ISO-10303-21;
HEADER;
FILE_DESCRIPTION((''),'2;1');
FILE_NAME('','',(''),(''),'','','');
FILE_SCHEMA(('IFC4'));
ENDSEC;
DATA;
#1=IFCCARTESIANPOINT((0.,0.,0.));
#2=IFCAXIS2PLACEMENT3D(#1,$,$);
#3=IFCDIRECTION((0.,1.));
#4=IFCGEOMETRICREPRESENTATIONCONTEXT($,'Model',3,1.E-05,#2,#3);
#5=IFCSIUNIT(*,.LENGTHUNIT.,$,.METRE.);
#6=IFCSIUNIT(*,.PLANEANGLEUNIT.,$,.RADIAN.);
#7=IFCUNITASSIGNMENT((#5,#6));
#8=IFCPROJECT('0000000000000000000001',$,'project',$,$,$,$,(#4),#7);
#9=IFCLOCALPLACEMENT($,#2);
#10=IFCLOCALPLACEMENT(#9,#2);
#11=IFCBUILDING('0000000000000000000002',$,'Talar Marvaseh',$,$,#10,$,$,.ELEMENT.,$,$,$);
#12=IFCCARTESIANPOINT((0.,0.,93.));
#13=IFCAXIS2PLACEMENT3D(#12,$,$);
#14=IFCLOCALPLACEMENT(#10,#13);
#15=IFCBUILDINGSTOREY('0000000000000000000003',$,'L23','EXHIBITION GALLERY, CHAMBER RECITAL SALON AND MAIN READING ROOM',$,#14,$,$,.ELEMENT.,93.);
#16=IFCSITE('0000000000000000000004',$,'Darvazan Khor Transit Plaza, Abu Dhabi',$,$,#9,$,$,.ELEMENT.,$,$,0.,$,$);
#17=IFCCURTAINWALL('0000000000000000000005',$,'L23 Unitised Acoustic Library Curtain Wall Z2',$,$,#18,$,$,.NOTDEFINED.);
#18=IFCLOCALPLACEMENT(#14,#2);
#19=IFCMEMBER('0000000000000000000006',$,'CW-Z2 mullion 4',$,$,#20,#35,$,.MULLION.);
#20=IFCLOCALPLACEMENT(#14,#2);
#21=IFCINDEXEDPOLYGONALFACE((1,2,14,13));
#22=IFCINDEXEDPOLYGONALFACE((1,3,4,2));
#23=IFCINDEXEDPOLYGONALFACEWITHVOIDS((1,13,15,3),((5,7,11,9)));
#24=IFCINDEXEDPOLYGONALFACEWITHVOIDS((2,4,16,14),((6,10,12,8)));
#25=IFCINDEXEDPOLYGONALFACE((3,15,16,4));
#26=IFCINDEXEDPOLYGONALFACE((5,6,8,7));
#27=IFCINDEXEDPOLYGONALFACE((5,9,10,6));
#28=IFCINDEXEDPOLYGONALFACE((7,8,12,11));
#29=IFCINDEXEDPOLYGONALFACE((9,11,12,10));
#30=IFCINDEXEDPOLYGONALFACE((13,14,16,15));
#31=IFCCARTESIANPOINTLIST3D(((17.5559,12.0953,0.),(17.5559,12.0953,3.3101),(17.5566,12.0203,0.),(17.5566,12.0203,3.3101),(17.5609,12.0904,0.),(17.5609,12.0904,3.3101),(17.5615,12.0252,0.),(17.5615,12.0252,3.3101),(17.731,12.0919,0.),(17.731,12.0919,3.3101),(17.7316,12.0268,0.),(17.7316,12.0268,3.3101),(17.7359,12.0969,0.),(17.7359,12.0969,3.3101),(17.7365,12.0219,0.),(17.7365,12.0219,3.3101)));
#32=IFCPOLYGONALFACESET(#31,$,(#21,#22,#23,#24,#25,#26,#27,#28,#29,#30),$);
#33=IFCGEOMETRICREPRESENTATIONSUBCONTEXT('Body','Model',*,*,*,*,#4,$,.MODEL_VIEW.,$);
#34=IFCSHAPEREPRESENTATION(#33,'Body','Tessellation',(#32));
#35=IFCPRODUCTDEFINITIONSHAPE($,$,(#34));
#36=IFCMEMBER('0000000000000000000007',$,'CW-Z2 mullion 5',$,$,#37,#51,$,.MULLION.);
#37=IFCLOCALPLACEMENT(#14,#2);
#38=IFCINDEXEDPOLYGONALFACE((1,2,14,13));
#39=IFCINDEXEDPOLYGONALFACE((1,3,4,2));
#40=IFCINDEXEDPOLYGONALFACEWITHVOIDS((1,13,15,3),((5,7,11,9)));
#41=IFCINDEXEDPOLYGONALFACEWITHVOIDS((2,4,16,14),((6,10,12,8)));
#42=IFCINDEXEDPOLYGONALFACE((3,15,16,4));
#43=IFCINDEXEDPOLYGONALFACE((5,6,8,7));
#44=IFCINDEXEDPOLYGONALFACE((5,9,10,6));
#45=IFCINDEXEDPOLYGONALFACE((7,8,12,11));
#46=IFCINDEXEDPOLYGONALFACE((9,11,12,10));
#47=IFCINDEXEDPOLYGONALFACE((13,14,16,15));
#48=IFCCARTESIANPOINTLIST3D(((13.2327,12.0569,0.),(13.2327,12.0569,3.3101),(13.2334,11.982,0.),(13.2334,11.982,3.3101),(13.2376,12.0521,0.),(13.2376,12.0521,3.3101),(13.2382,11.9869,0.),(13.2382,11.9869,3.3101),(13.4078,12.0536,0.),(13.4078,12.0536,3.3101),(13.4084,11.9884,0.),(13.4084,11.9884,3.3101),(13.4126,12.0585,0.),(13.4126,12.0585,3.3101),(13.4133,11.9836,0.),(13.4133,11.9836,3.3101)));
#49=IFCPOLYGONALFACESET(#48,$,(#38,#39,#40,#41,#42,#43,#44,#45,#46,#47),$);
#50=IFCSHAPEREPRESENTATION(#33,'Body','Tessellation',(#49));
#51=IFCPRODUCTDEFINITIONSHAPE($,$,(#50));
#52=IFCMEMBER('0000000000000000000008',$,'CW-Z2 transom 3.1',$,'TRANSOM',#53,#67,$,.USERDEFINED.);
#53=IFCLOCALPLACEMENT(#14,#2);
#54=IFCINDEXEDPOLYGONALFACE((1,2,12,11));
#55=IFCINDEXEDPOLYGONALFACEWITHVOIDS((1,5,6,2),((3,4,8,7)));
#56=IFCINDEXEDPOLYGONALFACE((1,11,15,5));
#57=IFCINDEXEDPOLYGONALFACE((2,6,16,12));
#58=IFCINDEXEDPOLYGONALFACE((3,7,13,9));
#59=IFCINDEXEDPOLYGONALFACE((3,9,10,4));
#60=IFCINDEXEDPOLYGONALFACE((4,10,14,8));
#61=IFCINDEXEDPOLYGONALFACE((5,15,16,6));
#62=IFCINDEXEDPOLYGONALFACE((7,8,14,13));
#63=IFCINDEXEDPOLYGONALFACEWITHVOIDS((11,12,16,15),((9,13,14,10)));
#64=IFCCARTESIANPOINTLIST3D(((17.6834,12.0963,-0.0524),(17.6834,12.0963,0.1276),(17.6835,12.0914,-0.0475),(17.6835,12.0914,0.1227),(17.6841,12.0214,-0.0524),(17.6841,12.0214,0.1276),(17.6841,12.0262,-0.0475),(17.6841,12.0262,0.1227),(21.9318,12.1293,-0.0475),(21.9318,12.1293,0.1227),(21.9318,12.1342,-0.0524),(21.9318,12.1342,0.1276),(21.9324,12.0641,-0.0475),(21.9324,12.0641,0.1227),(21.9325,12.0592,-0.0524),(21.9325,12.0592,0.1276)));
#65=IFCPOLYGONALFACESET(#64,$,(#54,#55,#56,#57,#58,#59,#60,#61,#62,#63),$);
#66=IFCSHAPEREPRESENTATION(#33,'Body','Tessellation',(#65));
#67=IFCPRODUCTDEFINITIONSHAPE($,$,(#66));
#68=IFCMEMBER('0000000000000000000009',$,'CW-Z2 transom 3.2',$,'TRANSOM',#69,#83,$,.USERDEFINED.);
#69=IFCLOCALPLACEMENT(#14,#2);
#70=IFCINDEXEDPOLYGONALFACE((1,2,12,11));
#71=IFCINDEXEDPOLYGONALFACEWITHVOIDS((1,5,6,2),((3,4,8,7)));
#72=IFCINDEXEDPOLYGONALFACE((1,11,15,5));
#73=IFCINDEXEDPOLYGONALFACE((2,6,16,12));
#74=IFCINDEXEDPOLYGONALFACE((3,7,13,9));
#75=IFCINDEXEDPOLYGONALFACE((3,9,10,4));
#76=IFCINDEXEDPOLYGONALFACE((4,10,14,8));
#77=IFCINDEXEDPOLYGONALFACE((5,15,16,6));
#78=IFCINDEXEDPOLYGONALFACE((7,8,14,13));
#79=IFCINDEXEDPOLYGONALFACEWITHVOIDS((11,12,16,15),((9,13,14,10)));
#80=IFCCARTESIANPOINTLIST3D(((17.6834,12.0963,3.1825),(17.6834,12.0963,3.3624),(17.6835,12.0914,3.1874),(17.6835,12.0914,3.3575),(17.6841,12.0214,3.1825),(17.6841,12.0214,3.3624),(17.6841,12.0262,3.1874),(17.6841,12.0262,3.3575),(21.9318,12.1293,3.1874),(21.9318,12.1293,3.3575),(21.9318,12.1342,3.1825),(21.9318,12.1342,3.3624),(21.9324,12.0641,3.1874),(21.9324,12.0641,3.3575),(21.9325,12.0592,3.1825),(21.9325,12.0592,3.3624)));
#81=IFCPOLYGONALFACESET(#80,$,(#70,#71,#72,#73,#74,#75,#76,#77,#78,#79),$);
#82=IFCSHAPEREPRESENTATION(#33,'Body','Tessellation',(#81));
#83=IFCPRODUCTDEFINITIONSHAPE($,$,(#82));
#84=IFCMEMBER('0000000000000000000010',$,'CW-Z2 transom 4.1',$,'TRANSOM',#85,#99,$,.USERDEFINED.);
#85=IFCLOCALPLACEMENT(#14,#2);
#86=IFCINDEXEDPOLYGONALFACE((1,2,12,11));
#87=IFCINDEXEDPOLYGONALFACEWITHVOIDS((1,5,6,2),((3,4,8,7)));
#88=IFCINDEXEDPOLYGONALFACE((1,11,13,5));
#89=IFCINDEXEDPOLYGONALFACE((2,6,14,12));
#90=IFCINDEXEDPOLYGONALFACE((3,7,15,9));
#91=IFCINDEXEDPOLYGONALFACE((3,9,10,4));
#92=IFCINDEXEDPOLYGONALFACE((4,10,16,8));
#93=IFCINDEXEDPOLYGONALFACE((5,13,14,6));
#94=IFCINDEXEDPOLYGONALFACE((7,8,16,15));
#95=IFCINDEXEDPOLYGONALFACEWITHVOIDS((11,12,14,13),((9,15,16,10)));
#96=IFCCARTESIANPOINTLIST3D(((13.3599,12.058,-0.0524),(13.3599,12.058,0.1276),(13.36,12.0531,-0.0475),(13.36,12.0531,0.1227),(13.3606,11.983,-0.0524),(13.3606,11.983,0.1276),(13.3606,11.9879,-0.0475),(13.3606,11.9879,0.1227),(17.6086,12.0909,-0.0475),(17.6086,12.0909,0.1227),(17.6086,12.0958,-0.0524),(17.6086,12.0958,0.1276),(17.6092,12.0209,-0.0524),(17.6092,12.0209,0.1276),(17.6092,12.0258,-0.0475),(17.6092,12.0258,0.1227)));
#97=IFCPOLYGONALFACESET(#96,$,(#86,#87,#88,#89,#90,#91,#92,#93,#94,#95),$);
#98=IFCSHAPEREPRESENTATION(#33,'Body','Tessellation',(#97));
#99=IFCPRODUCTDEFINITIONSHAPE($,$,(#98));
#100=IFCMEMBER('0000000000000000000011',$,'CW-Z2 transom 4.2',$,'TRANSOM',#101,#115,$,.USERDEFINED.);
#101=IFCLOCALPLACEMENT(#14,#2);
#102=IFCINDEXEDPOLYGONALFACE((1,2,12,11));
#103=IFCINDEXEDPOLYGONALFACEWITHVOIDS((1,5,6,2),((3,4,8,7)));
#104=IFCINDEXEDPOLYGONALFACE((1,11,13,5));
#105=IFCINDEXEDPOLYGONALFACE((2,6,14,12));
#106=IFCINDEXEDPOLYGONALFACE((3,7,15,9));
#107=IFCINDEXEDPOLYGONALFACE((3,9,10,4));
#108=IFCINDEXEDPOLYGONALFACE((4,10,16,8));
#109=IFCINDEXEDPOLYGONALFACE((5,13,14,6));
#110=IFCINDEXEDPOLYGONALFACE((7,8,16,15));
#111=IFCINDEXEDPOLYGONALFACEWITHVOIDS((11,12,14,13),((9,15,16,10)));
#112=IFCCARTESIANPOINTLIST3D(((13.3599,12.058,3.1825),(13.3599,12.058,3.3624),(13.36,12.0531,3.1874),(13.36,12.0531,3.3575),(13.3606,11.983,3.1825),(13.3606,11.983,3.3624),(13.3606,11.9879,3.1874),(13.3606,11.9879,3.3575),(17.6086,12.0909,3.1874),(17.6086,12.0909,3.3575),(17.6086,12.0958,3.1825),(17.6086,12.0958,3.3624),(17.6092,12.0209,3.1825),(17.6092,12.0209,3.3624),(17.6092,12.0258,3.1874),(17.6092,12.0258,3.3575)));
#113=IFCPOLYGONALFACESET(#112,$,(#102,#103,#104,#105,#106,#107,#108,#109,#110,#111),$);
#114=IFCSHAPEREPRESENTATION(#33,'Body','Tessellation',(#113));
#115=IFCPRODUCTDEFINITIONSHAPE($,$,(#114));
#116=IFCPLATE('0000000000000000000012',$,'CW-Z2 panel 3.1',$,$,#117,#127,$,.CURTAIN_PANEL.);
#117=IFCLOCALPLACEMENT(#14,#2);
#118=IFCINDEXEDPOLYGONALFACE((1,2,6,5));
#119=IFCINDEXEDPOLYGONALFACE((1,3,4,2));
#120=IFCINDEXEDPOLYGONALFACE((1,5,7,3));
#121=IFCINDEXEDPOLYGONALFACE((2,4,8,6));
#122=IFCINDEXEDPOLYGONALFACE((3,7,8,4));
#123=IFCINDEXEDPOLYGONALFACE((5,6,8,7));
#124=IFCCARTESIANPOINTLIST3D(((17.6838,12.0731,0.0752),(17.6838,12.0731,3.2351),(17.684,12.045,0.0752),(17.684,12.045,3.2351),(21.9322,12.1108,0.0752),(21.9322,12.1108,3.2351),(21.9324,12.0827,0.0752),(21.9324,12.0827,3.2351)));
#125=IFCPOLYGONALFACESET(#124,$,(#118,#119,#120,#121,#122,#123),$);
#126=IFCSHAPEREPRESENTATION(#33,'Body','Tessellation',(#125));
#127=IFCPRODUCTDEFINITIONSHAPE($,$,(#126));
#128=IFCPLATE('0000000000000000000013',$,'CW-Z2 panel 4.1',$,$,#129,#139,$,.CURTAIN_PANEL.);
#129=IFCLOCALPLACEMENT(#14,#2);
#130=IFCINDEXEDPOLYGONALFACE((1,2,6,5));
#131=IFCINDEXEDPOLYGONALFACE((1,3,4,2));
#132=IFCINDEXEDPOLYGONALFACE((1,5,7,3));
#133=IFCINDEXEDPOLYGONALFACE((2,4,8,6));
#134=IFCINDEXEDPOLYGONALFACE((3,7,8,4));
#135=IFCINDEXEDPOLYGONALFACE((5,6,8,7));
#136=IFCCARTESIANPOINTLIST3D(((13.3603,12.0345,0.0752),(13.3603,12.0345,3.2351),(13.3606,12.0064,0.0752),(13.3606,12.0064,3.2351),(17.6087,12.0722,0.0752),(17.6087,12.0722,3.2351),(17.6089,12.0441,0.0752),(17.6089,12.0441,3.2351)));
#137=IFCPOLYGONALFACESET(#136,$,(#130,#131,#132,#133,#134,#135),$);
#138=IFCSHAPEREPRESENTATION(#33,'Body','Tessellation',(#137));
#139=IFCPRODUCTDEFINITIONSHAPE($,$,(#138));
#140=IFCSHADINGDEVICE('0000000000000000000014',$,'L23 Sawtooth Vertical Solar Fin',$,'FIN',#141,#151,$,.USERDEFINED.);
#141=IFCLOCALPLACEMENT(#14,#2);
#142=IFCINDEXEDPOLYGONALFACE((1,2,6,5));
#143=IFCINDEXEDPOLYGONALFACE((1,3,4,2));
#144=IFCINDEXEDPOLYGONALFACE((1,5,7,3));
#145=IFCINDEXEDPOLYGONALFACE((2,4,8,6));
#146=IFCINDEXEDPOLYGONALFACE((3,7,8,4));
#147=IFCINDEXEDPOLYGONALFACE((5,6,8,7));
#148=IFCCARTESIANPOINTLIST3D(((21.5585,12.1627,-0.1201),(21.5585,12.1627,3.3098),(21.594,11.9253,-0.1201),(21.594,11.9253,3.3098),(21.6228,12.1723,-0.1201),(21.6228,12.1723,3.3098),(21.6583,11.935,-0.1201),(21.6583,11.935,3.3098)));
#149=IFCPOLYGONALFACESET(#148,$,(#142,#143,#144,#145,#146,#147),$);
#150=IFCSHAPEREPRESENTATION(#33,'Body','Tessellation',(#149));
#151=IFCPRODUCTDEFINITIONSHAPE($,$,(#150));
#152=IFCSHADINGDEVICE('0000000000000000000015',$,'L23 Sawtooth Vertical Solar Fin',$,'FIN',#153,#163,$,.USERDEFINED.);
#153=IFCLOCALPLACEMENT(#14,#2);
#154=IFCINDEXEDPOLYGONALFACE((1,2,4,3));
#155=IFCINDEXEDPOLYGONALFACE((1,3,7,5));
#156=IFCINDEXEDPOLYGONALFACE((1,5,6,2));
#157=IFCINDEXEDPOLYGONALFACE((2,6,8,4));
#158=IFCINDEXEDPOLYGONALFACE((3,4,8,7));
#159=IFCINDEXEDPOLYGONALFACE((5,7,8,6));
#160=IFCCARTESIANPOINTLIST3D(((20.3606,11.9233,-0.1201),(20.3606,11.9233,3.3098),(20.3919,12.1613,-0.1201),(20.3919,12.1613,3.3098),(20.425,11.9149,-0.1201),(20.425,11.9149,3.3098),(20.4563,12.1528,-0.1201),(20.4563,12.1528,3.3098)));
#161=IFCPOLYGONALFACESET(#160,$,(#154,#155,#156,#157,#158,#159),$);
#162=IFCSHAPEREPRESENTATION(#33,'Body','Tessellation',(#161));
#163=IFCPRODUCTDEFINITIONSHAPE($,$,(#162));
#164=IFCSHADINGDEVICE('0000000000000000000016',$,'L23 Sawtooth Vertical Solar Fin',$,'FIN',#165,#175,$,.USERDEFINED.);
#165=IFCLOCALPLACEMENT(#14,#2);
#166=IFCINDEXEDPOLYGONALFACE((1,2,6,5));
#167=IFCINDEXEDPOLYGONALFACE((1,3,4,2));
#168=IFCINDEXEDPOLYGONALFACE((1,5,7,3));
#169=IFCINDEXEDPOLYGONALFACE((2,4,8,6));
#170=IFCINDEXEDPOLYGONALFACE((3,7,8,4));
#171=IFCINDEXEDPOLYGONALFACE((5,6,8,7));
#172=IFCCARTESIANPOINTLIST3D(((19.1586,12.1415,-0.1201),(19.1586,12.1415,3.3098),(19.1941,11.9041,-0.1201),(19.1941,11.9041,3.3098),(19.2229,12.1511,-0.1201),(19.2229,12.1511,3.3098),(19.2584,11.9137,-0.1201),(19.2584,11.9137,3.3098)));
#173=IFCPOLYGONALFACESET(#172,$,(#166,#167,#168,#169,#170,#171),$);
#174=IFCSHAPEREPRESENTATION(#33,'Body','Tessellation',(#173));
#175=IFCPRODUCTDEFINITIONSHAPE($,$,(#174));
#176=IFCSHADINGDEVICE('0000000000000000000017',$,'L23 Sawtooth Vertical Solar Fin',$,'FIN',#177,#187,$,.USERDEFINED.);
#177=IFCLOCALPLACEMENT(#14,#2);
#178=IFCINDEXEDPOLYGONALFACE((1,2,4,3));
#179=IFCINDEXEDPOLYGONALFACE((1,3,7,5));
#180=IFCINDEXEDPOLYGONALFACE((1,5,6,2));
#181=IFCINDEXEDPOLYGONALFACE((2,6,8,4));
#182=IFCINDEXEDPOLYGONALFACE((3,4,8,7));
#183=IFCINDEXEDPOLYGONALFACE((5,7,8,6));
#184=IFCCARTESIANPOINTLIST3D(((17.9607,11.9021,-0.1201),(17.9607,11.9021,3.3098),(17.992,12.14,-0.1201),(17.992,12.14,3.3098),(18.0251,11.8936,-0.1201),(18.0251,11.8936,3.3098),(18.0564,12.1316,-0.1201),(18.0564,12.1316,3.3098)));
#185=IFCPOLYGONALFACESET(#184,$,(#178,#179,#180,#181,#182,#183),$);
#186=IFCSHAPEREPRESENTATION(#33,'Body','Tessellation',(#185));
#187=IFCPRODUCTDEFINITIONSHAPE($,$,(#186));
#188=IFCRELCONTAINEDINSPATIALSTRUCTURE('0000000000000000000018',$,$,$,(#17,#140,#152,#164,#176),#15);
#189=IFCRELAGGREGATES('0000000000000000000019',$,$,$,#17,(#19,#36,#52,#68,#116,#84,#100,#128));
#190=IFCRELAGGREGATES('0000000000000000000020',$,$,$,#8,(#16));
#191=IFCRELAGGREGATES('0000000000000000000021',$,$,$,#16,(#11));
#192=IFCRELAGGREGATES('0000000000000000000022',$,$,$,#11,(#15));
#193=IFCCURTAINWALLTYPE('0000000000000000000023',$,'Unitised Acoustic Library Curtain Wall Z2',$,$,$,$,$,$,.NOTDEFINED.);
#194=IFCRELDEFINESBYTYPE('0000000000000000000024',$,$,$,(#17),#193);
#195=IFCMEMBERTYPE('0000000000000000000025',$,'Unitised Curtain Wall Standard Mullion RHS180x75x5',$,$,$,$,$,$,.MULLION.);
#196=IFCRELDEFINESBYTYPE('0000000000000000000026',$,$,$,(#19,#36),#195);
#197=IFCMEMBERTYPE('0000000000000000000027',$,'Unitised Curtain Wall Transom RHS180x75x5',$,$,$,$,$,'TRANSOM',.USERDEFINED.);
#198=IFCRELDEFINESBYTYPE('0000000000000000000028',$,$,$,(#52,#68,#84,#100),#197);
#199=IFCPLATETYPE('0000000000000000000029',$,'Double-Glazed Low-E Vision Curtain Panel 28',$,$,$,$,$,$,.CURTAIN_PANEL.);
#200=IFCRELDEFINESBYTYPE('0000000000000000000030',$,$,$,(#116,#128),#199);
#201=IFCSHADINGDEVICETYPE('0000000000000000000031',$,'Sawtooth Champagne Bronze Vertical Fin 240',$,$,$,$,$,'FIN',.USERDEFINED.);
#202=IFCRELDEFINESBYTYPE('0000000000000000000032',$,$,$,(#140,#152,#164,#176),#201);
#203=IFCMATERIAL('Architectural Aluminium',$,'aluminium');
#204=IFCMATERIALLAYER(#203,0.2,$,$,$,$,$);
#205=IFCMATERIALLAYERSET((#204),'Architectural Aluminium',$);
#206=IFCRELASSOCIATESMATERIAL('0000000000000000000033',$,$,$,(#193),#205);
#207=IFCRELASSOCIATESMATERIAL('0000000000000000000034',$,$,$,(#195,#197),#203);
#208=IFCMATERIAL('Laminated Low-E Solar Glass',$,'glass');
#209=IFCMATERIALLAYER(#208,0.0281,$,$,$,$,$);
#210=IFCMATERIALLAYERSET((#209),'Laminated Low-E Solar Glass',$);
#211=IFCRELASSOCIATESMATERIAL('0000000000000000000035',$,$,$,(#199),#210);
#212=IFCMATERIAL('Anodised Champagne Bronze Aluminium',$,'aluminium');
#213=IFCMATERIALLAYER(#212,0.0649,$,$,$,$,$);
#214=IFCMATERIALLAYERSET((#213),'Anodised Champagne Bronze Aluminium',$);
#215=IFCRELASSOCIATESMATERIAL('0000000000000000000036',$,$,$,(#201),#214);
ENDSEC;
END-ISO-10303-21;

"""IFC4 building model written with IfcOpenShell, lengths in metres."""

from ifc_helpers import new_model, si_unit, direction, frame, origin, origin_2d, place, context, subcontext, project, spatial, rectangle, hollow_rectangle, extrude, source, transform, mapped, material, layer, layer_set, material_profile, profile_set, type_object, type_shapes, element, aggregate, save


model = new_model("IFC4")

# Units and contexts
model_context = context("Model", 3, precision=1e-05, world=origin(), true_north=direction((0.0, 1.0)))
body_context = subcontext(model_context, "Body", "Model", "MODEL_VIEW")
ifc_project = project(units=[si_unit("LENGTHUNIT", "METRE"), si_unit("PLANEANGLEUNIT", "RADIAN")], contexts=[model_context])

# Site, building, storey
site_placement = place(None, origin())
site = spatial("IfcSite", under=ifc_project, at=site_placement, Name="Darvazan Khor Transit Plaza, Abu Dhabi", CompositionType="ELEMENT", RefElevation=0.0)
building_placement = place(site_placement, origin())
building = spatial("IfcBuilding", under=site, at=building_placement, Name="Talar Marvaseh", CompositionType="ELEMENT")
storey_placement = place(building_placement, frame((0.0, 0.0, 93.0)))
storey = spatial("IfcBuildingStorey", under=building, at=storey_placement, Name="L23", Description="EXHIBITION GALLERY, CHAMBER RECITAL SALON AND MAIN READING ROOM", CompositionType="ELEMENT", Elevation=93.0)

# Curtain wall, members, plates
ifc_material_1 = material(Name="Architectural Aluminium", Category="aluminium")
ifc_layer_1 = layer(ifc_material_1, 0.2)
ifc_layer_set_1 = layer_set([ifc_layer_1], Name="Architectural Aluminium")
curtain_wall_type = type_object("IfcCurtainWallType", Name="Unitised Acoustic Library Curtain Wall Z2", PredefinedType="NOTDEFINED", material=ifc_layer_set_1)
curtain_wall_placement = place(storey_placement, origin())
curtain_wall = element("IfcCurtainWall", 1, at=curtain_wall_placement, inside=storey, type_object=curtain_wall_type, Name="L23 Unitised Acoustic Library Curtain Wall Z2", PredefinedType="NOTDEFINED")
ifc_material_profile_1 = material_profile(ifc_material_1, hollow_rectangle(XDim=0.075, YDim=0.1799, WallThickness=0.0049, at=origin_2d()), Name="RHS180x75x5")
ifc_profile_set_1 = profile_set([ifc_material_profile_1], Name="Architectural Aluminium")
member_type_1 = type_object("IfcMemberType", Name="Unitised Curtain Wall Standard Mullion RHS180x75x5", PredefinedType="MULLION", material=ifc_profile_set_1)
shared_shape_1 = source(origin(), body_context, "Body", "SweptSolid", [
    extrude(hollow_rectangle(XDim=0.075, YDim=0.1799, WallThickness=0.0049, at=origin_2d()), origin(), (0.0, 0.0, 1.0), 3.3101),
])
type_shapes(member_type_1, [shared_shape_1])
member_1_placement = place(storey_placement, frame((17.6462, 12.0586, 0.0), z_axis=(0.0, 0.0, 1.0), x_axis=(0.008882, -0.999961, 0.0)))
member_1 = element("IfcMember", 2, at=member_1_placement, type_object=member_type_1, Name="CW-Z2 mullion 4", PredefinedType="MULLION", context=body_context, shape_type="MappedRepresentation", body=[
    mapped(shared_shape_1, transform((0.0, 0.0, 0.0), x_axis=(1.0, 0.0, 0.0), y_axis=(0.0, 1.0, 0.0), z_axis=(0.0, 0.0, 1.0), scale=1.0)),
])
member_2_placement = place(storey_placement, frame((13.323, 12.0203, 0.0), z_axis=(0.0, 0.0, 1.0), x_axis=(0.008882, -0.999961, 0.0)))
member_2 = element("IfcMember", 3, at=member_2_placement, type_object=member_type_1, Name="CW-Z2 mullion 5", PredefinedType="MULLION", context=body_context, shape_type="MappedRepresentation", body=[
    mapped(shared_shape_1, transform((0.0, 0.0, 0.0), x_axis=(1.0, 0.0, 0.0), y_axis=(0.0, 1.0, 0.0), z_axis=(0.0, 0.0, 1.0), scale=1.0)),
])
ifc_material_profile_2 = material_profile(ifc_material_1, hollow_rectangle(XDim=0.075, YDim=0.1799, WallThickness=0.0049, at=origin_2d()), Name="RHS180x75x5")
ifc_profile_set_2 = profile_set([ifc_material_profile_2], Name="Architectural Aluminium")
member_type_2 = type_object("IfcMemberType", Name="Unitised Curtain Wall Transom RHS180x75x5", ElementType="TRANSOM", PredefinedType="USERDEFINED", material=ifc_profile_set_2)
shared_shape_2 = source(origin(), body_context, "Body", "SweptSolid", [
    extrude(hollow_rectangle(XDim=0.075, YDim=0.1799, WallThickness=0.0049, at=origin_2d()), origin(), (0.0, 0.0, 1.0), 4.2485),
])
member_3_placement = place(storey_placement, frame((21.9321, 12.0967, 0.0376), z_axis=(-0.99996, -0.008907, 0.0), x_axis=(0.008907, -0.99996, 0.0)))
member_3 = element("IfcMember", 4, at=member_3_placement, type_object=member_type_2, Name="CW-Z2 transom 3.1", ObjectType="TRANSOM", PredefinedType="USERDEFINED", context=body_context, shape_type="MappedRepresentation", body=[
    mapped(shared_shape_2, transform((0.0, 0.0, 0.0), x_axis=(1.0, 0.0, 0.0), y_axis=(0.0, 1.0, 0.0), z_axis=(0.0, 0.0, 1.0), scale=1.0)),
])
member_4_placement = place(storey_placement, frame((21.9321, 12.0967, 3.2725), z_axis=(-0.99996, -0.008907, 0.0), x_axis=(0.008907, -0.99996, 0.0)))
member_4 = element("IfcMember", 5, at=member_4_placement, type_object=member_type_2, Name="CW-Z2 transom 3.2", ObjectType="TRANSOM", PredefinedType="USERDEFINED", context=body_context, shape_type="MappedRepresentation", body=[
    mapped(shared_shape_2, transform((0.0, 0.0, 0.0), x_axis=(1.0, 0.0, 0.0), y_axis=(0.0, 1.0, 0.0), z_axis=(0.0, 0.0, 1.0), scale=1.0)),
])
shared_shape_3 = source(origin(), body_context, "Body", "SweptSolid", [
    extrude(hollow_rectangle(XDim=0.075, YDim=0.1799, WallThickness=0.0049, at=origin_2d()), origin(), (0.0, 0.0, 1.0), 4.2488),
])
type_shapes(member_type_2, [shared_shape_2, shared_shape_3])
member_5_placement = place(storey_placement, frame((17.6089, 12.0583, 0.0376), z_axis=(-0.99996, -0.008907, 0.0), x_axis=(0.008907, -0.99996, 0.0)))
member_5 = element("IfcMember", 6, at=member_5_placement, type_object=member_type_2, Name="CW-Z2 transom 4.1", ObjectType="TRANSOM", PredefinedType="USERDEFINED", context=body_context, shape_type="MappedRepresentation", body=[
    mapped(shared_shape_3, transform((0.0, 0.0, 0.0), x_axis=(1.0, 0.0, 0.0), y_axis=(0.0, 1.0, 0.0), z_axis=(0.0, 0.0, 1.0), scale=1.0)),
])
member_6_placement = place(storey_placement, frame((17.6089, 12.0583, 3.2725), z_axis=(-0.99996, -0.008907, 0.0), x_axis=(0.008907, -0.99996, 0.0)))
member_6 = element("IfcMember", 7, at=member_6_placement, type_object=member_type_2, Name="CW-Z2 transom 4.2", ObjectType="TRANSOM", PredefinedType="USERDEFINED", context=body_context, shape_type="MappedRepresentation", body=[
    mapped(shared_shape_3, transform((0.0, 0.0, 0.0), x_axis=(1.0, 0.0, 0.0), y_axis=(0.0, 1.0, 0.0), z_axis=(0.0, 0.0, 1.0), scale=1.0)),
])
ifc_material_2 = material(Name="Laminated Low-E Solar Glass", Category="glass")
ifc_layer_2 = layer(ifc_material_2, 0.0281)
ifc_layer_set_2 = layer_set([ifc_layer_2], Name="Laminated Low-E Solar Glass")
plate_type = type_object("IfcPlateType", Name="Double-Glazed Low-E Vision Curtain Panel 28", PredefinedType="CURTAIN_PANEL", material=ifc_layer_set_2)
shared_shape_4 = source(origin(), body_context, "Body", "SweptSolid", [
    extrude(rectangle(XDim=4.2485, YDim=0.0281, at=origin_2d()), origin(), (0.0, 0.0, 1.0), 3.1599),
])
type_shapes(plate_type, [shared_shape_4])
plate_1_placement = place(storey_placement, frame((19.8081, 12.0779, 0.0752), z_axis=(0.0, 0.0, 1.0), x_axis=(-0.999961, -0.008882, 0.0)))
plate_1 = element("IfcPlate", 8, at=plate_1_placement, type_object=plate_type, Name="CW-Z2 panel 3.1", PredefinedType="CURTAIN_PANEL", context=body_context, shape_type="MappedRepresentation", body=[
    mapped(shared_shape_4, transform((0.0, 0.0, 0.0), x_axis=(1.0, 0.0, 0.0), y_axis=(0.0, 1.0, 0.0), z_axis=(0.0, 0.0, 1.0), scale=1.0)),
])
plate_2_placement = place(storey_placement, frame((15.4846, 12.0393, 0.0752), z_axis=(0.0, 0.0, 1.0), x_axis=(-0.999961, -0.008882, 0.0)))
plate_2 = element("IfcPlate", 9, at=plate_2_placement, type_object=plate_type, Name="CW-Z2 panel 4.1", PredefinedType="CURTAIN_PANEL", context=body_context, shape_type="MappedRepresentation", body=[
    mapped(shared_shape_4, transform((0.0, 0.0, 0.0), x_axis=(1.0, 0.0, 0.0), y_axis=(0.0, 1.0, 0.0), z_axis=(0.0, 0.0, 1.0), scale=1.0)),
])
aggregate(curtain_wall, [member_1, member_2, member_3, member_4, plate_1, member_5, member_6, plate_2])

# Shading devices
ifc_material_3 = material(Name="Anodised Champagne Bronze Aluminium", Category="aluminium")
ifc_layer_3 = layer(ifc_material_3, 0.0649)
ifc_layer_set_3 = layer_set([ifc_layer_3], Name="Anodised Champagne Bronze Aluminium")
shading_device_type = type_object("IfcShadingDeviceType", Name="Sawtooth Champagne Bronze Vertical Fin 240", ElementType="FIN", PredefinedType="USERDEFINED", material=ifc_layer_set_3)
shared_shape_5 = source(origin(), body_context, "Body", "SweptSolid", [
    extrude(rectangle(XDim=0.24, YDim=0.0649, at=origin_2d()), origin(), (0.0, 0.0, 1.0), 3.4299),
])
type_shapes(shading_device_type, [shared_shape_5])
for number, where, z_axis, x_axis, name in (
    (10, (21.6084, 12.0488, -0.1201), (0.0, 0.0, 1.0), (0.147982, -0.98899, 0.0), "L23 Sawtooth Vertical Solar Fin"),
    (11, (20.4084, 12.0381, -0.1201), (0.0, 0.0, 1.0), (-0.130353, -0.991468, 0.0), "L23 Sawtooth Vertical Solar Fin"),
    (12, (19.2085, 12.0276, -0.1201), (0.0, 0.0, 1.0), (0.147982, -0.98899, 0.0), "L23 Sawtooth Vertical Solar Fin"),
    (13, (18.0085, 12.0168, -0.1201), (0.0, 0.0, 1.0), (-0.130353, -0.991468, 0.0), "L23 Sawtooth Vertical Solar Fin"),
):
    element("IfcShadingDevice", number, at=place(storey_placement, frame(where, z_axis=z_axis, x_axis=x_axis)), inside=storey, type_object=shading_device_type, Name=name, ObjectType="FIN", PredefinedType="USERDEFINED", context=body_context, shape_type="MappedRepresentation", body=[
        mapped(shared_shape_5, transform((0.0, 0.0, 0.0), x_axis=(1.0, 0.0, 0.0), y_axis=(0.0, 1.0, 0.0), z_axis=(0.0, 0.0, 1.0), scale=1.0)),
    ])

save(model, "model.ifc")
